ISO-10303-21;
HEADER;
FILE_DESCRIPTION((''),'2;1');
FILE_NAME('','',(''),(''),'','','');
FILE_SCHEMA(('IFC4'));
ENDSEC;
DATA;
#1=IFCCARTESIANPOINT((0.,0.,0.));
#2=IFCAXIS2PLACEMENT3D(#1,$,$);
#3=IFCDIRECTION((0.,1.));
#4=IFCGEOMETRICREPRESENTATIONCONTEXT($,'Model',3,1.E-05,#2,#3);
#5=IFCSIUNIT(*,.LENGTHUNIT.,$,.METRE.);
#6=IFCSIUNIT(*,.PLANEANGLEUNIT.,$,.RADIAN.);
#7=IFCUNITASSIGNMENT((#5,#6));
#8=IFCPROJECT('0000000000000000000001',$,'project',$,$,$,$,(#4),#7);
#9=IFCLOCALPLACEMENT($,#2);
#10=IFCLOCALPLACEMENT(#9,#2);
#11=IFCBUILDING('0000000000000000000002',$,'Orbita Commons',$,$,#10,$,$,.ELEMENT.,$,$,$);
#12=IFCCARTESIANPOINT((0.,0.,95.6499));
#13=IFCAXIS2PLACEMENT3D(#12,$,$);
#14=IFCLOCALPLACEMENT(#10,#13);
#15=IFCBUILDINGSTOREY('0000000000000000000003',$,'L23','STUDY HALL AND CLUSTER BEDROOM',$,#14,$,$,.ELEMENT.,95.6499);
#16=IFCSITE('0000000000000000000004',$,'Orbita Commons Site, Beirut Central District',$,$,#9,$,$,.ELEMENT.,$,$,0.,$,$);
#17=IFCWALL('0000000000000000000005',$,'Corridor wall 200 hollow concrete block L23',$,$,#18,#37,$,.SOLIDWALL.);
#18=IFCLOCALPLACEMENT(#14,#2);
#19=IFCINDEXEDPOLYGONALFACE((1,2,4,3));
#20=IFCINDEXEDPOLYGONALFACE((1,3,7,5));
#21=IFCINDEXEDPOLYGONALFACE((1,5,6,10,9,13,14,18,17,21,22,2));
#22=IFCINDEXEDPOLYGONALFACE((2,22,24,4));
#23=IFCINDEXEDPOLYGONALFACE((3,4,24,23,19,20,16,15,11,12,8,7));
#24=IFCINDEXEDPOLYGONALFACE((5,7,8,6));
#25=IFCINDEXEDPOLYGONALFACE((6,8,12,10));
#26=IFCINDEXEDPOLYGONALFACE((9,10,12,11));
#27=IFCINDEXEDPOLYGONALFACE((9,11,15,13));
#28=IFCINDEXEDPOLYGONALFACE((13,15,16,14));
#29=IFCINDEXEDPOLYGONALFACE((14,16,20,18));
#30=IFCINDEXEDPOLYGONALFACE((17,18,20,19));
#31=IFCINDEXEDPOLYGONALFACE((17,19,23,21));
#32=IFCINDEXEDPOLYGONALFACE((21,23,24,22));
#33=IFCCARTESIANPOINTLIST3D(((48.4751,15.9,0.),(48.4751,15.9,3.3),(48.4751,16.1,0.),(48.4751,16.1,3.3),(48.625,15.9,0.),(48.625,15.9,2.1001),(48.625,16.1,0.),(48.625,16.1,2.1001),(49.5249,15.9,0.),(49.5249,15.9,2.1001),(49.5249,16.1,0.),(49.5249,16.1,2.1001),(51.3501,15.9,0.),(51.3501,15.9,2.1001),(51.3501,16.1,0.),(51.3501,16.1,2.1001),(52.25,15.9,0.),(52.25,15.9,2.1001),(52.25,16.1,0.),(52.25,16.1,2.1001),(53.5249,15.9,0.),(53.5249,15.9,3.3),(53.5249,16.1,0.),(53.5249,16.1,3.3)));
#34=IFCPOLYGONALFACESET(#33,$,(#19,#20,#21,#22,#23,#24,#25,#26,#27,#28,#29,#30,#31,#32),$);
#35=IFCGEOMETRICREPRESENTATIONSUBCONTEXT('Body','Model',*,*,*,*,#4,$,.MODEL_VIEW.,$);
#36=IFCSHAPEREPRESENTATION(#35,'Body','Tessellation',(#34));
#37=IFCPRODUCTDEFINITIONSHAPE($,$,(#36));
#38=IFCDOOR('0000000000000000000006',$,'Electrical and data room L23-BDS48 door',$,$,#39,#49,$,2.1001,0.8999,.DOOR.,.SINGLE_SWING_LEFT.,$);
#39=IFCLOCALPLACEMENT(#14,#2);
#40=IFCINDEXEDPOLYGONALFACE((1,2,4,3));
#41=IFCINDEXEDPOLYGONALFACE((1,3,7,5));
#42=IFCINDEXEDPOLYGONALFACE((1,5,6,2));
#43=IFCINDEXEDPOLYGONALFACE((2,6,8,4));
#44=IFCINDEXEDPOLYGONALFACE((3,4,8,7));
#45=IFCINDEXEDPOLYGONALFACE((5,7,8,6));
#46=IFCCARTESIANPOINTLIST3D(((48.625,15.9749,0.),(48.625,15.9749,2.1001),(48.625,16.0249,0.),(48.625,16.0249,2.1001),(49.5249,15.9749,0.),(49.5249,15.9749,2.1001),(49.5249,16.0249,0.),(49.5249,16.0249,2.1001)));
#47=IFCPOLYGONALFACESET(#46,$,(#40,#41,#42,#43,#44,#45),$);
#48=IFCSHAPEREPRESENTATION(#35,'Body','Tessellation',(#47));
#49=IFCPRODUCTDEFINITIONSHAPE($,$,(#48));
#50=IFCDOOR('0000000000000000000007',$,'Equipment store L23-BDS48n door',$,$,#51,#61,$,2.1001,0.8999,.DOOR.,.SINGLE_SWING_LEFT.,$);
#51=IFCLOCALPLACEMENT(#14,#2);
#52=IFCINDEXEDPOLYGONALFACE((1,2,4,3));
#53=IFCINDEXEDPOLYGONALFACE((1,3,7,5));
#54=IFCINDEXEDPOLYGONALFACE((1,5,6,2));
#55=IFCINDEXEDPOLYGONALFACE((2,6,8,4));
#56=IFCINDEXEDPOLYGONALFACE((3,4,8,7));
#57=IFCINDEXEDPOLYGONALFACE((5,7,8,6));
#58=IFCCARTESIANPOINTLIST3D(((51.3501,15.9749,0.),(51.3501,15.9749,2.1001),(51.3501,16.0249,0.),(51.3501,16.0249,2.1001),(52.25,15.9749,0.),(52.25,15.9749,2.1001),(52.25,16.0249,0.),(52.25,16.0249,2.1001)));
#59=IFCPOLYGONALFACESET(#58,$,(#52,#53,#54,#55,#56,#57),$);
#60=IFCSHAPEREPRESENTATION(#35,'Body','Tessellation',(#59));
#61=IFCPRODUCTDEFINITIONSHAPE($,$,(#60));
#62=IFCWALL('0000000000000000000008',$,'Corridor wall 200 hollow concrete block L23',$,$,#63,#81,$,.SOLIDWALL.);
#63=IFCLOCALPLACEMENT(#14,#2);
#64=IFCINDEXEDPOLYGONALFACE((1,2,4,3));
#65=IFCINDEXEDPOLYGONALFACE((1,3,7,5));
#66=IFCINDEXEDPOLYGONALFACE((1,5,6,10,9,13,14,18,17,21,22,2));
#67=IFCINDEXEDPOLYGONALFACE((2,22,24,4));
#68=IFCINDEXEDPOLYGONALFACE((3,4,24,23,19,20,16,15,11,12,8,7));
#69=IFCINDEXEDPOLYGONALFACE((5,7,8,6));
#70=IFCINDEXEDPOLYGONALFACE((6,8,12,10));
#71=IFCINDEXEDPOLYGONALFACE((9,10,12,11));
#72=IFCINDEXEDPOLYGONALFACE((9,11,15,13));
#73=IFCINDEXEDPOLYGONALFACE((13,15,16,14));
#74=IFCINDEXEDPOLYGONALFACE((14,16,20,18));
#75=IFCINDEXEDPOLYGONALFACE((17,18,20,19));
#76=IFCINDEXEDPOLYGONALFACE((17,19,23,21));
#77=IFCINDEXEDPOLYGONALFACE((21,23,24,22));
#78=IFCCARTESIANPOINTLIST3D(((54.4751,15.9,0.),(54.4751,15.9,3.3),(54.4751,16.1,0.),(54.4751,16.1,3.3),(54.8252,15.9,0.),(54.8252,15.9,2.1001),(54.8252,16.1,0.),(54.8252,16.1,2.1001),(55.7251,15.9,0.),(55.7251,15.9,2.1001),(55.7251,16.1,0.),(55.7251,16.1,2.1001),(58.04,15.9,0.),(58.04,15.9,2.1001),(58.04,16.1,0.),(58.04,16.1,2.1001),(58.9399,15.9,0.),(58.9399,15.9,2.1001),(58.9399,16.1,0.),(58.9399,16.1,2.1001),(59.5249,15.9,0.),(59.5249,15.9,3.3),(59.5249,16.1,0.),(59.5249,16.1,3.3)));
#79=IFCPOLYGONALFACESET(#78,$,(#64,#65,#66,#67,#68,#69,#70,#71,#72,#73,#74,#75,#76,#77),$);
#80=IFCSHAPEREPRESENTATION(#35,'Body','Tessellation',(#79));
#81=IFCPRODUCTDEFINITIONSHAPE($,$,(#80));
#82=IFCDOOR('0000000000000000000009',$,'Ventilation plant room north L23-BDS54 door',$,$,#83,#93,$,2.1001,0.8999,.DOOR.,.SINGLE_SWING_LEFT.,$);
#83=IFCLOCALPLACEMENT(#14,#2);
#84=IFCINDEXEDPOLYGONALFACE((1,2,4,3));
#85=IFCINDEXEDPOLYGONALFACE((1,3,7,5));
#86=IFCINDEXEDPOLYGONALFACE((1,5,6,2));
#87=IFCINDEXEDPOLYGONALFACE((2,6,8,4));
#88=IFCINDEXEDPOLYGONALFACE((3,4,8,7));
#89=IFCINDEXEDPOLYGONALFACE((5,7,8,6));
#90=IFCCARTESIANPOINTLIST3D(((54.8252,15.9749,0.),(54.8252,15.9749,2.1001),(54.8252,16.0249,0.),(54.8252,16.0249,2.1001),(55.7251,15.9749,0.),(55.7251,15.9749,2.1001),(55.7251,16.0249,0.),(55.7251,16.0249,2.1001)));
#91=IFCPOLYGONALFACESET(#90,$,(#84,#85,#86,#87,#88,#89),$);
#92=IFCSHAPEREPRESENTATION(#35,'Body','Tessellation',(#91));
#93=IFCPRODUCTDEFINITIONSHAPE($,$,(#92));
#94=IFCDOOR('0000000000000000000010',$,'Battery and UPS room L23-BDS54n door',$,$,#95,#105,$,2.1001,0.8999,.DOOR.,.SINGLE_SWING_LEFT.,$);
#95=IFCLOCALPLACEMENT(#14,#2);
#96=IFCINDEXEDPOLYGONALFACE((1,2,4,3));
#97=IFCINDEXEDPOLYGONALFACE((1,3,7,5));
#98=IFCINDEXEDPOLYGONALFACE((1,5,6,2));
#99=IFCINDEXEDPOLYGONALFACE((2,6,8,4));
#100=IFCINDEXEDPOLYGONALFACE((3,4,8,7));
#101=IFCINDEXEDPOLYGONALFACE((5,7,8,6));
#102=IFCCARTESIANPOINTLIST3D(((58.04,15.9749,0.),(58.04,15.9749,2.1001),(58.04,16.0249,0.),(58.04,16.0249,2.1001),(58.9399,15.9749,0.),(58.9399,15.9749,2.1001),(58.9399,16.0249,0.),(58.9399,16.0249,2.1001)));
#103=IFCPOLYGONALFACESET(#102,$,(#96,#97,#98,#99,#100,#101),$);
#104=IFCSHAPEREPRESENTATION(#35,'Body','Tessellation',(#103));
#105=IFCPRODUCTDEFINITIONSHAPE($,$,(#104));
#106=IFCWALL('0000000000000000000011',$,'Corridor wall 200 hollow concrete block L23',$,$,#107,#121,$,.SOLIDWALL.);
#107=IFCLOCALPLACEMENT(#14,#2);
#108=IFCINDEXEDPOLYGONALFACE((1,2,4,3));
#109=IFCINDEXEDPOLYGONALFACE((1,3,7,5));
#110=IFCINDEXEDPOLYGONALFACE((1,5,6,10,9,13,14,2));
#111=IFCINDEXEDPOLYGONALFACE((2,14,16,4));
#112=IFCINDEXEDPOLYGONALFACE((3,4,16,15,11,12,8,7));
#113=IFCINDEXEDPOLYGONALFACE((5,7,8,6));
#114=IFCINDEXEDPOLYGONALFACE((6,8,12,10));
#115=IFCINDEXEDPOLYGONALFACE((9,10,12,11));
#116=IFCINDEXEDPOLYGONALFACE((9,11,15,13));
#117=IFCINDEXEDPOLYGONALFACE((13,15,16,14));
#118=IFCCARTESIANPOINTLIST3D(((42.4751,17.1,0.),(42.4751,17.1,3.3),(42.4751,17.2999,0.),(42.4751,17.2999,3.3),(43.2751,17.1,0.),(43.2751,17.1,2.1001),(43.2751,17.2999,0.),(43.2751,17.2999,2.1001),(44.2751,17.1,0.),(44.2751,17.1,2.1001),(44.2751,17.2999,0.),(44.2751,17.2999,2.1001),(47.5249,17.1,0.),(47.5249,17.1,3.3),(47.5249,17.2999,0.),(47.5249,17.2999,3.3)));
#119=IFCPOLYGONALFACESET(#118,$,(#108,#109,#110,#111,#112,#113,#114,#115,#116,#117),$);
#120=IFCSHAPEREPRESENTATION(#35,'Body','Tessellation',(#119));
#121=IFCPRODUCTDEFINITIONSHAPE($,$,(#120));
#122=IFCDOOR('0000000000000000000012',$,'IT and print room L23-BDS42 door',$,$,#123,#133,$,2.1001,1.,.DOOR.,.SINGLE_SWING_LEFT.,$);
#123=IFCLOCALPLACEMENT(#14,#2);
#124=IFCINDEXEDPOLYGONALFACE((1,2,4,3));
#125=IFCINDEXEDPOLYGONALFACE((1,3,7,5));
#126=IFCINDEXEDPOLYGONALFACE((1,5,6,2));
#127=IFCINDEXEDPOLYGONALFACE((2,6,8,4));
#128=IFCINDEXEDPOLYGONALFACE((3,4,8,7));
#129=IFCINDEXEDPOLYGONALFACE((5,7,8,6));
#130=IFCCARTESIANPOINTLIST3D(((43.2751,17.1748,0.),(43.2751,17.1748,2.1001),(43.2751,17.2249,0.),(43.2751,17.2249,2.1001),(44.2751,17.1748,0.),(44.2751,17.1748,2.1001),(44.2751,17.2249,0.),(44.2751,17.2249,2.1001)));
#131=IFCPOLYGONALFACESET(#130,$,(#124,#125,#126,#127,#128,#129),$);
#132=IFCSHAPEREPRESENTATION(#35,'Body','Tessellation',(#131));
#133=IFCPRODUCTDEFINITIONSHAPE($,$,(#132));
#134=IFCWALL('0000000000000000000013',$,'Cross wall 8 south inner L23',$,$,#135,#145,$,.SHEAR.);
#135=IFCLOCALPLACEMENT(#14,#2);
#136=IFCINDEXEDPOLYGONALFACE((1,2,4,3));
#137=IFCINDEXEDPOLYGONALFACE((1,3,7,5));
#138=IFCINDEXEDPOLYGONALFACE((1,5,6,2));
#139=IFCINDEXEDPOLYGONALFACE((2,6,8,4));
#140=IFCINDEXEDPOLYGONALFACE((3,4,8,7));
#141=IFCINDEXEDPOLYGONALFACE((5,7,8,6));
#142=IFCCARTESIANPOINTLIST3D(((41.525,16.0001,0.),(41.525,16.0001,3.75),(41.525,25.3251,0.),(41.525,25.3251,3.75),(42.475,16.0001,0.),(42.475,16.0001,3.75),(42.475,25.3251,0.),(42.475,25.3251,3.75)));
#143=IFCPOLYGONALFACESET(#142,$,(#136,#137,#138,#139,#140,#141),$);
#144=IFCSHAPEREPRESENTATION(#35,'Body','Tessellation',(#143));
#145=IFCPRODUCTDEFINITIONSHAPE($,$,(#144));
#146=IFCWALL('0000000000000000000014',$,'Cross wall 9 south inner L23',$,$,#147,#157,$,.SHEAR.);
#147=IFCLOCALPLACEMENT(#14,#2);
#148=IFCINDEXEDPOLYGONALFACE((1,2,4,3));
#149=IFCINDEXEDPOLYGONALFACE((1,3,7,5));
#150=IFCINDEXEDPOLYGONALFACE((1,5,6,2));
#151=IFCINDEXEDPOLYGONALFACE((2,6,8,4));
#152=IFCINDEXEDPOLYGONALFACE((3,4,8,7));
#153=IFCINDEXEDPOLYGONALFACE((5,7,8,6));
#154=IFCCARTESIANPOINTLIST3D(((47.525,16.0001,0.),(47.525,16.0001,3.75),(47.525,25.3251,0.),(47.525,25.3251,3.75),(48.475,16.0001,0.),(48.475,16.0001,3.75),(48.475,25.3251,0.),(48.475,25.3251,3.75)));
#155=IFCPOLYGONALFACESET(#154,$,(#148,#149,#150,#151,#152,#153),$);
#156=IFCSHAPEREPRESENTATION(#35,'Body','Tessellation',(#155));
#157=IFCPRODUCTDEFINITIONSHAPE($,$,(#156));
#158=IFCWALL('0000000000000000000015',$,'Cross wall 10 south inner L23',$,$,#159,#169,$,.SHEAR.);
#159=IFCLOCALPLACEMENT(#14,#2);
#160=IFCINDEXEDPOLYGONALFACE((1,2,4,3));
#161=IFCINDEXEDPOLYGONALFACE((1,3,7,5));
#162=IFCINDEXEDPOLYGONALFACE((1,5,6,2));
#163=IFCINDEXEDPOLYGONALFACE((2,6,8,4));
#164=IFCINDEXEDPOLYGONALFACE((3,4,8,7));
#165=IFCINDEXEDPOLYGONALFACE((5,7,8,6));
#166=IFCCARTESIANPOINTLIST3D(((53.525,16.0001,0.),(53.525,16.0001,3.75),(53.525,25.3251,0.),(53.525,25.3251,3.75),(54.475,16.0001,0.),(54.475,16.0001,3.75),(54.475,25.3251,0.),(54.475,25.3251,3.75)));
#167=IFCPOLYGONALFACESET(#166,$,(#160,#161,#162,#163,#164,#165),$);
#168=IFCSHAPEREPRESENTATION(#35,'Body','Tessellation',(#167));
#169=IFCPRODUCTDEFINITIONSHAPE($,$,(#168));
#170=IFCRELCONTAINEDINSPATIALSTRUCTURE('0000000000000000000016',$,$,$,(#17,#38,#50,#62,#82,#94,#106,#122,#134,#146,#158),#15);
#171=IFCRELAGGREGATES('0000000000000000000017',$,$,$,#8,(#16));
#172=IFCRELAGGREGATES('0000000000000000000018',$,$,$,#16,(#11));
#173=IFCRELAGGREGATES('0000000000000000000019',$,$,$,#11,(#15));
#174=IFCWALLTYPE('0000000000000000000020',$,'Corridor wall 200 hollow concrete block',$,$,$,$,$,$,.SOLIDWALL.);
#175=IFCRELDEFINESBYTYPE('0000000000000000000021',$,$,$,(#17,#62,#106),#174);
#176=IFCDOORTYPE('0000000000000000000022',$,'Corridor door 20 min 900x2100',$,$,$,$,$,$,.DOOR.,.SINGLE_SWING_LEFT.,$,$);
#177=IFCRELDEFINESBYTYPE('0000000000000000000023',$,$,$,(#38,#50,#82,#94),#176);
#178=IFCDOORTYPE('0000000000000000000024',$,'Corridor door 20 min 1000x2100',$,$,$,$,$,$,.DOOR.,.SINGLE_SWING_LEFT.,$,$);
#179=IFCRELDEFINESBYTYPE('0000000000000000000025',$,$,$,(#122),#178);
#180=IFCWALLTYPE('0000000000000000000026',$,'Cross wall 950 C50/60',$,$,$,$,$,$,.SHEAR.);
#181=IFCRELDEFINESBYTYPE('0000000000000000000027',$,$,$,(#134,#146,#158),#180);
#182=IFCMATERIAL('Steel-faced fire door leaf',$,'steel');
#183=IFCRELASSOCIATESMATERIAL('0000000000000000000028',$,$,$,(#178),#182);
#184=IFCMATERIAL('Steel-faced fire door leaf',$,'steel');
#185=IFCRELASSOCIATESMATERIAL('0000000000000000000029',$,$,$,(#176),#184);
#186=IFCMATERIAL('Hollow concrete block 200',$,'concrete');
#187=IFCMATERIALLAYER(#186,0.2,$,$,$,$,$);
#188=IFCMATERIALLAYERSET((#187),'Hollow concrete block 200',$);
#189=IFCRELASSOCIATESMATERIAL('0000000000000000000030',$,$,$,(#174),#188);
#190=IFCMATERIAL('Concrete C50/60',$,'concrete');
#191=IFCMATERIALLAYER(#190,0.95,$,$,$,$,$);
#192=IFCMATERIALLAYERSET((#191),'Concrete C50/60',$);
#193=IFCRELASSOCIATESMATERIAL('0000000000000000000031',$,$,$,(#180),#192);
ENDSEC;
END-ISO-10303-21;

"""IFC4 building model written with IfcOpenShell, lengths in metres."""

from ifc_helpers import new_model, si_unit, direction, frame, frame_2d, origin, place, context, subcontext, project, spatial, rectangle, extrude, material, layer, layer_set, type_object, element, fill, save


model = new_model("IFC4")

# Units and contexts
model_context = context("Model", 3, precision=1e-05, world=origin(), true_north=direction((0.0, 1.0)))
body_context = subcontext(model_context, "Body", "Model", "MODEL_VIEW")
ifc_project = project(units=[si_unit("LENGTHUNIT", "METRE"), si_unit("PLANEANGLEUNIT", "RADIAN")], contexts=[model_context])

# Site, building, storey
site_placement = place(None, origin())
site = spatial("IfcSite", under=ifc_project, at=site_placement, Name="Orbita Commons Site, Beirut Central District", CompositionType="ELEMENT", RefElevation=0.0)
building_placement = place(site_placement, origin())
building = spatial("IfcBuilding", under=site, at=building_placement, Name="Orbita Commons", CompositionType="ELEMENT")
storey_placement = place(building_placement, frame((0.0, 0.0, 95.6499)))
storey = spatial("IfcBuildingStorey", under=building, at=storey_placement, Name="L23", Description="STUDY HALL AND CLUSTER BEDROOM", CompositionType="ELEMENT", Elevation=95.6499)

# Shared definitions
ifc_material_1 = material(Name="Steel-faced fire door leaf", Category="steel")
door_type_1 = type_object("IfcDoorType", Name="Corridor door 20 min 1000x2100", OperationType="SINGLE_SWING_LEFT", PredefinedType="DOOR", material=ifc_material_1)

# Walls, openings, doors
ifc_material_2 = material(Name="Steel-faced fire door leaf", Category="steel")
door_type_2 = type_object("IfcDoorType", Name="Corridor door 20 min 900x2100", OperationType="SINGLE_SWING_LEFT", PredefinedType="DOOR", material=ifc_material_2)
ifc_material_3 = material(Name="Hollow concrete block 200", Category="concrete")
ifc_layer_1 = layer(ifc_material_3, 0.2)
ifc_layer_set_1 = layer_set([ifc_layer_1], Name="Hollow concrete block 200")
wall_type_1 = type_object("IfcWallType", Name="Corridor wall 200 hollow concrete block", PredefinedType="SOLIDWALL", material=ifc_layer_set_1)
wall_1_placement = place(storey_placement, frame((48.4751, 16.0, 0.0), z_axis=(0.0, 0.0, 1.0), x_axis=(1.0, 0.0, 0.0)))
wall_1 = element("IfcWall", 1, at=wall_1_placement, inside=storey, type_object=wall_type_1, Name="Corridor wall 200 hollow concrete block L23", PredefinedType="SOLIDWALL", context=body_context, shape_type="SweptSolid", body=[
    extrude(rectangle(XDim=5.0498, YDim=0.2, at=frame_2d((2.5249, 0.0))), origin(), (0.0, 0.0, 1.0), 3.3),
])
opening_1_placement = place(wall_1_placement, frame((0.1499, 0.0, 0.0)))
opening_1 = element("IfcOpeningElement", 2, at=opening_1_placement, cuts=wall_1, PredefinedType="OPENING", context=body_context, shape_type="SweptSolid", body=[
    extrude(rectangle(XDim=0.8999, YDim=2.1001, at=frame_2d((0.45, 1.05))), frame((0.0, 0.1099, 0.0), z_axis=(0.0, -1.0, 0.0), x_axis=(1.0, 0.0, 0.0)), (0.0, 0.0, 1.0), 0.22),
])
opening_2_placement = place(wall_1_placement, frame((2.875, 0.0, 0.0)))
opening_2 = element("IfcOpeningElement", 3, at=opening_2_placement, cuts=wall_1, PredefinedType="OPENING", context=body_context, shape_type="SweptSolid", body=[
    extrude(rectangle(XDim=0.8999, YDim=2.1001, at=frame_2d((0.45, 1.05))), frame((0.0, 0.1099, 0.0), z_axis=(0.0, -1.0, 0.0), x_axis=(1.0, 0.0, 0.0)), (0.0, 0.0, 1.0), 0.22),
])
door_1_placement = place(opening_1_placement, origin())
door_1 = element("IfcDoor", 4, at=door_1_placement, inside=storey, type_object=door_type_2, Name="Electrical and data room L23-BDS48 door", OperationType="SINGLE_SWING_LEFT", OverallHeight=2.1001, OverallWidth=0.8999, PredefinedType="DOOR", context=body_context, shape_type="SweptSolid", body=[
    extrude(rectangle(XDim=0.8999, YDim=2.1001, at=frame_2d((0.45, 1.05))), frame((0.0, 0.0249, 0.0), z_axis=(0.0, -1.0, 0.0), x_axis=(1.0, 0.0, 0.0)), (0.0, 0.0, 1.0), 0.05),
])
fill(opening_1, door_1)
door_2_placement = place(opening_2_placement, origin())
door_2 = element("IfcDoor", 5, at=door_2_placement, inside=storey, type_object=door_type_2, Name="Equipment store L23-BDS48n door", OperationType="SINGLE_SWING_LEFT", OverallHeight=2.1001, OverallWidth=0.8999, PredefinedType="DOOR", context=body_context, shape_type="SweptSolid", body=[
    extrude(rectangle(XDim=0.8999, YDim=2.1001, at=frame_2d((0.45, 1.05))), frame((0.0, 0.0249, 0.0), z_axis=(0.0, -1.0, 0.0), x_axis=(1.0, 0.0, 0.0)), (0.0, 0.0, 1.0), 0.05),
])
fill(opening_2, door_2)
wall_2_placement = place(storey_placement, frame((54.4751, 16.0, 0.0), z_axis=(0.0, 0.0, 1.0), x_axis=(1.0, 0.0, 0.0)))
wall_2 = element("IfcWall", 6, at=wall_2_placement, inside=storey, type_object=wall_type_1, Name="Corridor wall 200 hollow concrete block L23", PredefinedType="SOLIDWALL", context=body_context, shape_type="SweptSolid", body=[
    extrude(rectangle(XDim=5.0498, YDim=0.2, at=frame_2d((2.5249, 0.0))), origin(), (0.0, 0.0, 1.0), 3.3),
])
opening_3_placement = place(wall_2_placement, frame((0.3501, 0.0, 0.0)))
opening_3 = element("IfcOpeningElement", 7, at=opening_3_placement, cuts=wall_2, PredefinedType="OPENING", context=body_context, shape_type="SweptSolid", body=[
    extrude(rectangle(XDim=0.8999, YDim=2.1001, at=frame_2d((0.45, 1.05))), frame((0.0, 0.1099, 0.0), z_axis=(0.0, -1.0, 0.0), x_axis=(1.0, 0.0, 0.0)), (0.0, 0.0, 1.0), 0.22),
])
opening_4_placement = place(wall_2_placement, frame((3.5649, 0.0, 0.0)))
opening_4 = element("IfcOpeningElement", 8, at=opening_4_placement, cuts=wall_2, PredefinedType="OPENING", context=body_context, shape_type="SweptSolid", body=[
    extrude(rectangle(XDim=0.8999, YDim=2.1001, at=frame_2d((0.45, 1.05))), frame((0.0, 0.1099, 0.0), z_axis=(0.0, -1.0, 0.0), x_axis=(1.0, 0.0, 0.0)), (0.0, 0.0, 1.0), 0.22),
])
door_3_placement = place(opening_3_placement, origin())
door_3 = element("IfcDoor", 9, at=door_3_placement, inside=storey, type_object=door_type_2, Name="Ventilation plant room north L23-BDS54 door", OperationType="SINGLE_SWING_LEFT", OverallHeight=2.1001, OverallWidth=0.8999, PredefinedType="DOOR", context=body_context, shape_type="SweptSolid", body=[
    extrude(rectangle(XDim=0.8999, YDim=2.1001, at=frame_2d((0.45, 1.05))), frame((0.0, 0.0249, 0.0), z_axis=(0.0, -1.0, 0.0), x_axis=(1.0, 0.0, 0.0)), (0.0, 0.0, 1.0), 0.05),
])
fill(opening_3, door_3)
door_4_placement = place(opening_4_placement, origin())
door_4 = element("IfcDoor", 10, at=door_4_placement, inside=storey, type_object=door_type_2, Name="Battery and UPS room L23-BDS54n door", OperationType="SINGLE_SWING_LEFT", OverallHeight=2.1001, OverallWidth=0.8999, PredefinedType="DOOR", context=body_context, shape_type="SweptSolid", body=[
    extrude(rectangle(XDim=0.8999, YDim=2.1001, at=frame_2d((0.45, 1.05))), frame((0.0, 0.0249, 0.0), z_axis=(0.0, -1.0, 0.0), x_axis=(1.0, 0.0, 0.0)), (0.0, 0.0, 1.0), 0.05),
])
fill(opening_4, door_4)

# Wall, opening, door
wall_3_placement = place(storey_placement, frame((42.4751, 17.2, 0.0), z_axis=(0.0, 0.0, 1.0), x_axis=(1.0, 0.0, 0.0)))
wall_3 = element("IfcWall", 11, at=wall_3_placement, inside=storey, type_object=wall_type_1, Name="Corridor wall 200 hollow concrete block L23", PredefinedType="SOLIDWALL", context=body_context, shape_type="SweptSolid", body=[
    extrude(rectangle(XDim=5.0498, YDim=0.2, at=frame_2d((2.5249, 0.0))), origin(), (0.0, 0.0, 1.0), 3.3),
])
opening_5_placement = place(wall_3_placement, frame((0.8, 0.0, 0.0)))
opening_5 = element("IfcOpeningElement", 12, at=opening_5_placement, cuts=wall_3, PredefinedType="OPENING", context=body_context, shape_type="SweptSolid", body=[
    extrude(rectangle(XDim=1.0, YDim=2.1001, at=frame_2d((0.5, 1.05))), frame((0.0, 0.1099, 0.0), z_axis=(0.0, -1.0, 0.0), x_axis=(1.0, 0.0, 0.0)), (0.0, 0.0, 1.0), 0.22),
])
door_5_placement = place(opening_5_placement, origin())
door_5 = element("IfcDoor", 13, at=door_5_placement, inside=storey, type_object=door_type_1, Name="IT and print room L23-BDS42 door", OperationType="SINGLE_SWING_LEFT", OverallHeight=2.1001, OverallWidth=1.0, PredefinedType="DOOR", context=body_context, shape_type="SweptSolid", body=[
    extrude(rectangle(XDim=1.0, YDim=2.1001, at=frame_2d((0.5, 1.05))), frame((0.0, 0.0249, 0.0), z_axis=(0.0, -1.0, 0.0), x_axis=(1.0, 0.0, 0.0)), (0.0, 0.0, 1.0), 0.05),
])
fill(opening_5, door_5)

# Walls
ifc_material_4 = material(Name="Concrete C50/60", Category="concrete")
ifc_layer_2 = layer(ifc_material_4, 0.95)
ifc_layer_set_2 = layer_set([ifc_layer_2], Name="Concrete C50/60")
wall_type_2 = type_object("IfcWallType", Name="Cross wall 950 C50/60", PredefinedType="SHEAR", material=ifc_layer_set_2)
for number, where, z_axis, x_axis, name in (
    (14, (42.0, 16.0, 0.0), (0.0, 0.0, 1.0), (0.0, 1.0, 0.0), "Cross wall 8 south inner L23"),
    (15, (48.0, 16.0, 0.0), (0.0, 0.0, 1.0), (0.0, 1.0, 0.0), "Cross wall 9 south inner L23"),
    (16, (54.0, 16.0, 0.0), (0.0, 0.0, 1.0), (0.0, 1.0, 0.0), "Cross wall 10 south inner L23"),
):
    element("IfcWall", number, at=place(storey_placement, frame(where, z_axis=z_axis, x_axis=x_axis)), inside=storey, type_object=wall_type_2, Name=name, PredefinedType="SHEAR", context=body_context, shape_type="SweptSolid", body=[
        extrude(rectangle(XDim=9.325, YDim=0.95, at=frame_2d((4.6626, 0.0))), origin(), (0.0, 0.0, 1.0), 3.75),
    ])

save(model, "model.ifc")
